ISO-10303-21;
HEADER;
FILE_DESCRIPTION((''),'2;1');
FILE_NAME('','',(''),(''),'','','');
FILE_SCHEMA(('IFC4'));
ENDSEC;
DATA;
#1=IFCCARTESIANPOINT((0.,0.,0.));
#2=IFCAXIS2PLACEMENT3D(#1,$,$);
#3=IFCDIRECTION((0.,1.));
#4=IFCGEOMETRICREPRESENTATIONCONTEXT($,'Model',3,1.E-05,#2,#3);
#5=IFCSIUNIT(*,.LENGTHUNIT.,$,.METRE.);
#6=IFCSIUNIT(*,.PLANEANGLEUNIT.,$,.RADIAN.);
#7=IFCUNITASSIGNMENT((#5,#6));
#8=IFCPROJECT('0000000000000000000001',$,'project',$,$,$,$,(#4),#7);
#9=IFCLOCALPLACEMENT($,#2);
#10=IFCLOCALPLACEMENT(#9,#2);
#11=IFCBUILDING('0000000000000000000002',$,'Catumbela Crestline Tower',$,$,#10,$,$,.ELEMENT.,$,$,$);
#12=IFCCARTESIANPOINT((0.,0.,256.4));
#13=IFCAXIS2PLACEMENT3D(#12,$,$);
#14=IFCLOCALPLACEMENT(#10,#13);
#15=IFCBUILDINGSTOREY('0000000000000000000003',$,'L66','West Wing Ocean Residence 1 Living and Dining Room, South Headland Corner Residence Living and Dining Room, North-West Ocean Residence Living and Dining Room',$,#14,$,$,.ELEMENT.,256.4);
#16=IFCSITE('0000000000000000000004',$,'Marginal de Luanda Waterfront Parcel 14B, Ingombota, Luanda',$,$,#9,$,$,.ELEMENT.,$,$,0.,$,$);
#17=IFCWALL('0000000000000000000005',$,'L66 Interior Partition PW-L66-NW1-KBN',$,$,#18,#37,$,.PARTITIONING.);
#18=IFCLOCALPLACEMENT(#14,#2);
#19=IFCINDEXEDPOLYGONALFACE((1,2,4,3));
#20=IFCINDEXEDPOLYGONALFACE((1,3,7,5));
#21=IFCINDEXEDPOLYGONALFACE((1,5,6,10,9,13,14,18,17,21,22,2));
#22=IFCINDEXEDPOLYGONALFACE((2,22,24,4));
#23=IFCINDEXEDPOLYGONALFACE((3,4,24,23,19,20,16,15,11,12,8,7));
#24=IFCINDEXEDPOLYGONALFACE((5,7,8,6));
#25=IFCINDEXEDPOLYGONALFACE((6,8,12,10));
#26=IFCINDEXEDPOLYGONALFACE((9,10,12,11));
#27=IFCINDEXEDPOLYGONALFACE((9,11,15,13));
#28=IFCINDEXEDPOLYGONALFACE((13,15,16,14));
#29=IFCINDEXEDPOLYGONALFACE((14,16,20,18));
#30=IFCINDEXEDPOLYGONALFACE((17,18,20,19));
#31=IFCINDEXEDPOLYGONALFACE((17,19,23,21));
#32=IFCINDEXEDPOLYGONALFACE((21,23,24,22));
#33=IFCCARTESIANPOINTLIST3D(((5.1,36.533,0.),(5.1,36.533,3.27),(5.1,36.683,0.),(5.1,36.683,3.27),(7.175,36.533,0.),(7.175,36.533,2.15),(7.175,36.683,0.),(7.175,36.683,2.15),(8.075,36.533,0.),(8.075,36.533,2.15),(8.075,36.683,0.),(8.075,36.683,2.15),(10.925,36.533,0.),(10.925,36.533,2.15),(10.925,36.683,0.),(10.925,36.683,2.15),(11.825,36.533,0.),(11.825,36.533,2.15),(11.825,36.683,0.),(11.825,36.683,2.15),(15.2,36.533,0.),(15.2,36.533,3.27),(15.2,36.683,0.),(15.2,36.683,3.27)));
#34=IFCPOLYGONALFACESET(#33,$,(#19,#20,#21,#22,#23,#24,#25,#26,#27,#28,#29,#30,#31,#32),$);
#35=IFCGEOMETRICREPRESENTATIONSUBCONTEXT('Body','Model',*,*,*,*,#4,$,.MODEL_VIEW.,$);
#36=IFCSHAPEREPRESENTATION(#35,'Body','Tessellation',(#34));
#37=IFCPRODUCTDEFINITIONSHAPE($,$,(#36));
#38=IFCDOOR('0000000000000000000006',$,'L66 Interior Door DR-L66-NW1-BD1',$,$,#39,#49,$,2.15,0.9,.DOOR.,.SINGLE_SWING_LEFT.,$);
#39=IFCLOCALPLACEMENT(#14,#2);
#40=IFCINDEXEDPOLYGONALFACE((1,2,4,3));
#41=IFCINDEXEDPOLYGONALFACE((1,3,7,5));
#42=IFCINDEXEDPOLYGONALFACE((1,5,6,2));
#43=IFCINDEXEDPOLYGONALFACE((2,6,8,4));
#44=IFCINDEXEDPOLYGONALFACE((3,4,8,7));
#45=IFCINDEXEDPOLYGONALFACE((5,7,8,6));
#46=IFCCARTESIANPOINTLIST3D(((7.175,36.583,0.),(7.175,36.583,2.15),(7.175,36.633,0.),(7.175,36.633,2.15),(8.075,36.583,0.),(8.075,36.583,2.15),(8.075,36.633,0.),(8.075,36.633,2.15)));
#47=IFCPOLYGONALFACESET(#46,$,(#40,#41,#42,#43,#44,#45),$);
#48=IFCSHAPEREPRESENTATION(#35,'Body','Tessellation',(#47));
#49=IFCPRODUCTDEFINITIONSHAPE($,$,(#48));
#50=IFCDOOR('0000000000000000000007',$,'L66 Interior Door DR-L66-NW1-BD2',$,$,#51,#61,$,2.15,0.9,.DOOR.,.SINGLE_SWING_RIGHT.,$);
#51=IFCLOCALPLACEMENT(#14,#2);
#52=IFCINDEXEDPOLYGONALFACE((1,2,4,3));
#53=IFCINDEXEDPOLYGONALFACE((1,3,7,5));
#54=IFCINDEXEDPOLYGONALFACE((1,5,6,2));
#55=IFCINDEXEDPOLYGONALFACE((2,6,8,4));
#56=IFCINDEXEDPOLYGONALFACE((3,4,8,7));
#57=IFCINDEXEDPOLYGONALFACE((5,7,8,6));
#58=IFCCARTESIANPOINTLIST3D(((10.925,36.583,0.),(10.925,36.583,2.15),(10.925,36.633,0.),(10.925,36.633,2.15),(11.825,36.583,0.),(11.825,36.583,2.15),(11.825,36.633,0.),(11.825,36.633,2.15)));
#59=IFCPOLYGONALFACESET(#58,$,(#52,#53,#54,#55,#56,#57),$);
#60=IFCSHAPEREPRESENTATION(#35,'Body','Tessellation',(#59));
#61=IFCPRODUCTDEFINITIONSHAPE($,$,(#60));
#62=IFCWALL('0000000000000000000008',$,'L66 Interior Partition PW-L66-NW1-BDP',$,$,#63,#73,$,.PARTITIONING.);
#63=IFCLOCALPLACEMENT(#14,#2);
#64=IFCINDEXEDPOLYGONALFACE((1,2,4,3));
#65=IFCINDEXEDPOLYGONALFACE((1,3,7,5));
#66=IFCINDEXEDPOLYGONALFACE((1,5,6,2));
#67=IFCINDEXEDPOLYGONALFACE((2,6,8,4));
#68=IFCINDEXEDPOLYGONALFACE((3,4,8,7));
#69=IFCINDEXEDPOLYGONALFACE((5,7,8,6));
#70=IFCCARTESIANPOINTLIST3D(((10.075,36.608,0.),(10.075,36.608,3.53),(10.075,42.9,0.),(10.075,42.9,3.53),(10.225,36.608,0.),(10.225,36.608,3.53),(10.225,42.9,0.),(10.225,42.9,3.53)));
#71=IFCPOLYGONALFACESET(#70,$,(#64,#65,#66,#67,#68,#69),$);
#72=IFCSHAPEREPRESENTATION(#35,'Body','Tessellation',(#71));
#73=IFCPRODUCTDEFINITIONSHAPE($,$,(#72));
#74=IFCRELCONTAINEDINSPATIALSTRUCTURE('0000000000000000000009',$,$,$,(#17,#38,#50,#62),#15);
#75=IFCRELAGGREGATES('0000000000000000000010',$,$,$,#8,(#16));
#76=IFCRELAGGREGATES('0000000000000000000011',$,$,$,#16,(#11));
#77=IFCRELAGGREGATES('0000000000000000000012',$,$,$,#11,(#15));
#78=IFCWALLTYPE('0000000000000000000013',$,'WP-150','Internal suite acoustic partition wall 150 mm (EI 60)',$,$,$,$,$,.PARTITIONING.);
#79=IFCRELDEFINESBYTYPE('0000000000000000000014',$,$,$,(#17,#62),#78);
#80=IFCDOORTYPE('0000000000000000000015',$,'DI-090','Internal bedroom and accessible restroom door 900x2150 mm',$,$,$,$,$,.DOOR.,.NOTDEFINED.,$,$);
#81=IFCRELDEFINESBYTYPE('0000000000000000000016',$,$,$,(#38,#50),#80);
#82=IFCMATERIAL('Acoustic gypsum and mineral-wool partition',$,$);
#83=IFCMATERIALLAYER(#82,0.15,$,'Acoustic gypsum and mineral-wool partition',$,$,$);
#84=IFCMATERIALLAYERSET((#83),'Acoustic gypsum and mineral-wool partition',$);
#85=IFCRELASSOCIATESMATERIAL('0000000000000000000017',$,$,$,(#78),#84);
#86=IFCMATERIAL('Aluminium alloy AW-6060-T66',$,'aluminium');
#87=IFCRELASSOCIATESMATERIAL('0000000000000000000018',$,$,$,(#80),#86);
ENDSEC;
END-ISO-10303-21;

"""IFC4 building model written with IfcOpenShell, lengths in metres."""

from ifc_helpers import new_model, si_unit, direction, frame, frame_2d, origin, place, context, subcontext, project, spatial, rectangle, extrude, material, layer, layer_set, type_object, element, fill, save


model = new_model("IFC4")

# Units and contexts
model_context = context("Model", 3, precision=1e-05, world=origin(), true_north=direction((0.0, 1.0)))
body_context = subcontext(model_context, "Body", "Model", "MODEL_VIEW")
ifc_project = project(units=[si_unit("LENGTHUNIT", "METRE"), si_unit("PLANEANGLEUNIT", "RADIAN")], contexts=[model_context])

# Site, building, storey
site_placement = place(None, origin())
site = spatial("IfcSite", under=ifc_project, at=site_placement, Name="Marginal de Luanda Waterfront Parcel 14B, Ingombota, Luanda", CompositionType="ELEMENT", RefElevation=0.0)
building_placement = place(site_placement, origin())
building = spatial("IfcBuilding", under=site, at=building_placement, Name="Catumbela Crestline Tower", CompositionType="ELEMENT")
storey_placement = place(building_placement, frame((0.0, 0.0, 256.4)))
storey = spatial("IfcBuildingStorey", under=building, at=storey_placement, Name="L66", Description="West Wing Ocean Residence 1 Living and Dining Room, South Headland Corner Residence Living and Dining Room, North-West Ocean Residence Living and Dining Room", CompositionType="ELEMENT", Elevation=256.4)

# Shared definitions
ifc_material_1 = material(Name="Aluminium alloy AW-6060-T66", Category="aluminium")

# Wall, openings, doors
ifc_material_2 = material(Name="Acoustic gypsum and mineral-wool partition")
ifc_layer_1 = layer(ifc_material_2, 0.15, Name="Acoustic gypsum and mineral-wool partition")
ifc_layer_set_1 = layer_set([ifc_layer_1], Name="Acoustic gypsum and mineral-wool partition")
wall_type_1 = type_object("IfcWallType", Name="WP-150", Description="Internal suite acoustic partition wall 150 mm (EI 60)", PredefinedType="PARTITIONING", material=ifc_layer_set_1)
wall_1_placement = place(storey_placement, frame((5.1, 36.608, 0.0), z_axis=(0.0, 0.0, 1.0), x_axis=(1.0, 0.0, 0.0)))
wall_1 = element("IfcWall", 1, at=wall_1_placement, inside=storey, type_object=wall_type_1, Name="L66 Interior Partition PW-L66-NW1-KBN", PredefinedType="PARTITIONING", context=body_context, shape_type="SweptSolid", body=[
    extrude(rectangle(XDim=10.1, YDim=0.15, at=frame_2d((5.05, 0.0))), origin(), (0.0, 0.0, 1.0), 3.27),
])
opening_1_placement = place(wall_1_placement, frame((2.075, 0.0, 0.0)))
opening_1 = element("IfcOpeningElement", 2, at=opening_1_placement, cuts=wall_1, PredefinedType="OPENING", context=body_context, shape_type="SweptSolid", body=[
    extrude(rectangle(XDim=0.9, YDim=2.15, at=frame_2d((0.45, 1.075))), frame((0.0, 0.085, 0.0), z_axis=(0.0, -1.0, 0.0), x_axis=(1.0, 0.0, 0.0)), (0.0, 0.0, 1.0), 0.17),
])
opening_2_placement = place(wall_1_placement, frame((5.825, 0.0, 0.0)))
opening_2 = element("IfcOpeningElement", 3, at=opening_2_placement, cuts=wall_1, PredefinedType="OPENING", context=body_context, shape_type="SweptSolid", body=[
    extrude(rectangle(XDim=0.9, YDim=2.15, at=frame_2d((0.45, 1.075))), frame((0.0, 0.085, 0.0), z_axis=(0.0, -1.0, 0.0), x_axis=(1.0, 0.0, 0.0)), (0.0, 0.0, 1.0), 0.17),
])
door_type_1 = type_object("IfcDoorType", Name="DI-090", Description="Internal bedroom and accessible restroom door 900x2150 mm", OperationType="NOTDEFINED", PredefinedType="DOOR", material=ifc_material_1)
door_1_placement = place(opening_1_placement, origin())
door_1 = element("IfcDoor", 4, at=door_1_placement, inside=storey, type_object=door_type_1, Name="L66 Interior Door DR-L66-NW1-BD1", OperationType="SINGLE_SWING_LEFT", OverallHeight=2.15, OverallWidth=0.9, PredefinedType="DOOR", context=body_context, shape_type="SweptSolid", body=[
    extrude(rectangle(XDim=0.9, YDim=2.15, at=frame_2d((0.45, 1.075))), frame((0.0, 0.025, 0.0), z_axis=(0.0, -1.0, 0.0), x_axis=(1.0, 0.0, 0.0)), (0.0, 0.0, 1.0), 0.05),
])
fill(opening_1, door_1)
door_2_placement = place(opening_2_placement, origin())
door_2 = element("IfcDoor", 5, at=door_2_placement, inside=storey, type_object=door_type_1, Name="L66 Interior Door DR-L66-NW1-BD2", OperationType="SINGLE_SWING_RIGHT", OverallHeight=2.15, OverallWidth=0.9, PredefinedType="DOOR", context=body_context, shape_type="SweptSolid", body=[
    extrude(rectangle(XDim=0.9, YDim=2.15, at=frame_2d((0.45, 1.075))), frame((0.0, 0.025, 0.0), z_axis=(0.0, -1.0, 0.0), x_axis=(1.0, 0.0, 0.0)), (0.0, 0.0, 1.0), 0.05),
])
fill(opening_2, door_2)

# Wall
wall_2_placement = place(storey_placement, frame((10.15, 36.608, 0.0), z_axis=(0.0, 0.0, 1.0), x_axis=(0.0, 1.0, 0.0)))
element("IfcWall", 6, at=wall_2_placement, inside=storey, type_object=wall_type_1, Name="L66 Interior Partition PW-L66-NW1-BDP", PredefinedType="PARTITIONING", context=body_context, shape_type="SweptSolid", body=[
    extrude(rectangle(XDim=6.292, YDim=0.15, at=frame_2d((3.146, 0.0))), origin(), (0.0, 0.0, 1.0), 3.53),
])

save(model, "model.ifc")
